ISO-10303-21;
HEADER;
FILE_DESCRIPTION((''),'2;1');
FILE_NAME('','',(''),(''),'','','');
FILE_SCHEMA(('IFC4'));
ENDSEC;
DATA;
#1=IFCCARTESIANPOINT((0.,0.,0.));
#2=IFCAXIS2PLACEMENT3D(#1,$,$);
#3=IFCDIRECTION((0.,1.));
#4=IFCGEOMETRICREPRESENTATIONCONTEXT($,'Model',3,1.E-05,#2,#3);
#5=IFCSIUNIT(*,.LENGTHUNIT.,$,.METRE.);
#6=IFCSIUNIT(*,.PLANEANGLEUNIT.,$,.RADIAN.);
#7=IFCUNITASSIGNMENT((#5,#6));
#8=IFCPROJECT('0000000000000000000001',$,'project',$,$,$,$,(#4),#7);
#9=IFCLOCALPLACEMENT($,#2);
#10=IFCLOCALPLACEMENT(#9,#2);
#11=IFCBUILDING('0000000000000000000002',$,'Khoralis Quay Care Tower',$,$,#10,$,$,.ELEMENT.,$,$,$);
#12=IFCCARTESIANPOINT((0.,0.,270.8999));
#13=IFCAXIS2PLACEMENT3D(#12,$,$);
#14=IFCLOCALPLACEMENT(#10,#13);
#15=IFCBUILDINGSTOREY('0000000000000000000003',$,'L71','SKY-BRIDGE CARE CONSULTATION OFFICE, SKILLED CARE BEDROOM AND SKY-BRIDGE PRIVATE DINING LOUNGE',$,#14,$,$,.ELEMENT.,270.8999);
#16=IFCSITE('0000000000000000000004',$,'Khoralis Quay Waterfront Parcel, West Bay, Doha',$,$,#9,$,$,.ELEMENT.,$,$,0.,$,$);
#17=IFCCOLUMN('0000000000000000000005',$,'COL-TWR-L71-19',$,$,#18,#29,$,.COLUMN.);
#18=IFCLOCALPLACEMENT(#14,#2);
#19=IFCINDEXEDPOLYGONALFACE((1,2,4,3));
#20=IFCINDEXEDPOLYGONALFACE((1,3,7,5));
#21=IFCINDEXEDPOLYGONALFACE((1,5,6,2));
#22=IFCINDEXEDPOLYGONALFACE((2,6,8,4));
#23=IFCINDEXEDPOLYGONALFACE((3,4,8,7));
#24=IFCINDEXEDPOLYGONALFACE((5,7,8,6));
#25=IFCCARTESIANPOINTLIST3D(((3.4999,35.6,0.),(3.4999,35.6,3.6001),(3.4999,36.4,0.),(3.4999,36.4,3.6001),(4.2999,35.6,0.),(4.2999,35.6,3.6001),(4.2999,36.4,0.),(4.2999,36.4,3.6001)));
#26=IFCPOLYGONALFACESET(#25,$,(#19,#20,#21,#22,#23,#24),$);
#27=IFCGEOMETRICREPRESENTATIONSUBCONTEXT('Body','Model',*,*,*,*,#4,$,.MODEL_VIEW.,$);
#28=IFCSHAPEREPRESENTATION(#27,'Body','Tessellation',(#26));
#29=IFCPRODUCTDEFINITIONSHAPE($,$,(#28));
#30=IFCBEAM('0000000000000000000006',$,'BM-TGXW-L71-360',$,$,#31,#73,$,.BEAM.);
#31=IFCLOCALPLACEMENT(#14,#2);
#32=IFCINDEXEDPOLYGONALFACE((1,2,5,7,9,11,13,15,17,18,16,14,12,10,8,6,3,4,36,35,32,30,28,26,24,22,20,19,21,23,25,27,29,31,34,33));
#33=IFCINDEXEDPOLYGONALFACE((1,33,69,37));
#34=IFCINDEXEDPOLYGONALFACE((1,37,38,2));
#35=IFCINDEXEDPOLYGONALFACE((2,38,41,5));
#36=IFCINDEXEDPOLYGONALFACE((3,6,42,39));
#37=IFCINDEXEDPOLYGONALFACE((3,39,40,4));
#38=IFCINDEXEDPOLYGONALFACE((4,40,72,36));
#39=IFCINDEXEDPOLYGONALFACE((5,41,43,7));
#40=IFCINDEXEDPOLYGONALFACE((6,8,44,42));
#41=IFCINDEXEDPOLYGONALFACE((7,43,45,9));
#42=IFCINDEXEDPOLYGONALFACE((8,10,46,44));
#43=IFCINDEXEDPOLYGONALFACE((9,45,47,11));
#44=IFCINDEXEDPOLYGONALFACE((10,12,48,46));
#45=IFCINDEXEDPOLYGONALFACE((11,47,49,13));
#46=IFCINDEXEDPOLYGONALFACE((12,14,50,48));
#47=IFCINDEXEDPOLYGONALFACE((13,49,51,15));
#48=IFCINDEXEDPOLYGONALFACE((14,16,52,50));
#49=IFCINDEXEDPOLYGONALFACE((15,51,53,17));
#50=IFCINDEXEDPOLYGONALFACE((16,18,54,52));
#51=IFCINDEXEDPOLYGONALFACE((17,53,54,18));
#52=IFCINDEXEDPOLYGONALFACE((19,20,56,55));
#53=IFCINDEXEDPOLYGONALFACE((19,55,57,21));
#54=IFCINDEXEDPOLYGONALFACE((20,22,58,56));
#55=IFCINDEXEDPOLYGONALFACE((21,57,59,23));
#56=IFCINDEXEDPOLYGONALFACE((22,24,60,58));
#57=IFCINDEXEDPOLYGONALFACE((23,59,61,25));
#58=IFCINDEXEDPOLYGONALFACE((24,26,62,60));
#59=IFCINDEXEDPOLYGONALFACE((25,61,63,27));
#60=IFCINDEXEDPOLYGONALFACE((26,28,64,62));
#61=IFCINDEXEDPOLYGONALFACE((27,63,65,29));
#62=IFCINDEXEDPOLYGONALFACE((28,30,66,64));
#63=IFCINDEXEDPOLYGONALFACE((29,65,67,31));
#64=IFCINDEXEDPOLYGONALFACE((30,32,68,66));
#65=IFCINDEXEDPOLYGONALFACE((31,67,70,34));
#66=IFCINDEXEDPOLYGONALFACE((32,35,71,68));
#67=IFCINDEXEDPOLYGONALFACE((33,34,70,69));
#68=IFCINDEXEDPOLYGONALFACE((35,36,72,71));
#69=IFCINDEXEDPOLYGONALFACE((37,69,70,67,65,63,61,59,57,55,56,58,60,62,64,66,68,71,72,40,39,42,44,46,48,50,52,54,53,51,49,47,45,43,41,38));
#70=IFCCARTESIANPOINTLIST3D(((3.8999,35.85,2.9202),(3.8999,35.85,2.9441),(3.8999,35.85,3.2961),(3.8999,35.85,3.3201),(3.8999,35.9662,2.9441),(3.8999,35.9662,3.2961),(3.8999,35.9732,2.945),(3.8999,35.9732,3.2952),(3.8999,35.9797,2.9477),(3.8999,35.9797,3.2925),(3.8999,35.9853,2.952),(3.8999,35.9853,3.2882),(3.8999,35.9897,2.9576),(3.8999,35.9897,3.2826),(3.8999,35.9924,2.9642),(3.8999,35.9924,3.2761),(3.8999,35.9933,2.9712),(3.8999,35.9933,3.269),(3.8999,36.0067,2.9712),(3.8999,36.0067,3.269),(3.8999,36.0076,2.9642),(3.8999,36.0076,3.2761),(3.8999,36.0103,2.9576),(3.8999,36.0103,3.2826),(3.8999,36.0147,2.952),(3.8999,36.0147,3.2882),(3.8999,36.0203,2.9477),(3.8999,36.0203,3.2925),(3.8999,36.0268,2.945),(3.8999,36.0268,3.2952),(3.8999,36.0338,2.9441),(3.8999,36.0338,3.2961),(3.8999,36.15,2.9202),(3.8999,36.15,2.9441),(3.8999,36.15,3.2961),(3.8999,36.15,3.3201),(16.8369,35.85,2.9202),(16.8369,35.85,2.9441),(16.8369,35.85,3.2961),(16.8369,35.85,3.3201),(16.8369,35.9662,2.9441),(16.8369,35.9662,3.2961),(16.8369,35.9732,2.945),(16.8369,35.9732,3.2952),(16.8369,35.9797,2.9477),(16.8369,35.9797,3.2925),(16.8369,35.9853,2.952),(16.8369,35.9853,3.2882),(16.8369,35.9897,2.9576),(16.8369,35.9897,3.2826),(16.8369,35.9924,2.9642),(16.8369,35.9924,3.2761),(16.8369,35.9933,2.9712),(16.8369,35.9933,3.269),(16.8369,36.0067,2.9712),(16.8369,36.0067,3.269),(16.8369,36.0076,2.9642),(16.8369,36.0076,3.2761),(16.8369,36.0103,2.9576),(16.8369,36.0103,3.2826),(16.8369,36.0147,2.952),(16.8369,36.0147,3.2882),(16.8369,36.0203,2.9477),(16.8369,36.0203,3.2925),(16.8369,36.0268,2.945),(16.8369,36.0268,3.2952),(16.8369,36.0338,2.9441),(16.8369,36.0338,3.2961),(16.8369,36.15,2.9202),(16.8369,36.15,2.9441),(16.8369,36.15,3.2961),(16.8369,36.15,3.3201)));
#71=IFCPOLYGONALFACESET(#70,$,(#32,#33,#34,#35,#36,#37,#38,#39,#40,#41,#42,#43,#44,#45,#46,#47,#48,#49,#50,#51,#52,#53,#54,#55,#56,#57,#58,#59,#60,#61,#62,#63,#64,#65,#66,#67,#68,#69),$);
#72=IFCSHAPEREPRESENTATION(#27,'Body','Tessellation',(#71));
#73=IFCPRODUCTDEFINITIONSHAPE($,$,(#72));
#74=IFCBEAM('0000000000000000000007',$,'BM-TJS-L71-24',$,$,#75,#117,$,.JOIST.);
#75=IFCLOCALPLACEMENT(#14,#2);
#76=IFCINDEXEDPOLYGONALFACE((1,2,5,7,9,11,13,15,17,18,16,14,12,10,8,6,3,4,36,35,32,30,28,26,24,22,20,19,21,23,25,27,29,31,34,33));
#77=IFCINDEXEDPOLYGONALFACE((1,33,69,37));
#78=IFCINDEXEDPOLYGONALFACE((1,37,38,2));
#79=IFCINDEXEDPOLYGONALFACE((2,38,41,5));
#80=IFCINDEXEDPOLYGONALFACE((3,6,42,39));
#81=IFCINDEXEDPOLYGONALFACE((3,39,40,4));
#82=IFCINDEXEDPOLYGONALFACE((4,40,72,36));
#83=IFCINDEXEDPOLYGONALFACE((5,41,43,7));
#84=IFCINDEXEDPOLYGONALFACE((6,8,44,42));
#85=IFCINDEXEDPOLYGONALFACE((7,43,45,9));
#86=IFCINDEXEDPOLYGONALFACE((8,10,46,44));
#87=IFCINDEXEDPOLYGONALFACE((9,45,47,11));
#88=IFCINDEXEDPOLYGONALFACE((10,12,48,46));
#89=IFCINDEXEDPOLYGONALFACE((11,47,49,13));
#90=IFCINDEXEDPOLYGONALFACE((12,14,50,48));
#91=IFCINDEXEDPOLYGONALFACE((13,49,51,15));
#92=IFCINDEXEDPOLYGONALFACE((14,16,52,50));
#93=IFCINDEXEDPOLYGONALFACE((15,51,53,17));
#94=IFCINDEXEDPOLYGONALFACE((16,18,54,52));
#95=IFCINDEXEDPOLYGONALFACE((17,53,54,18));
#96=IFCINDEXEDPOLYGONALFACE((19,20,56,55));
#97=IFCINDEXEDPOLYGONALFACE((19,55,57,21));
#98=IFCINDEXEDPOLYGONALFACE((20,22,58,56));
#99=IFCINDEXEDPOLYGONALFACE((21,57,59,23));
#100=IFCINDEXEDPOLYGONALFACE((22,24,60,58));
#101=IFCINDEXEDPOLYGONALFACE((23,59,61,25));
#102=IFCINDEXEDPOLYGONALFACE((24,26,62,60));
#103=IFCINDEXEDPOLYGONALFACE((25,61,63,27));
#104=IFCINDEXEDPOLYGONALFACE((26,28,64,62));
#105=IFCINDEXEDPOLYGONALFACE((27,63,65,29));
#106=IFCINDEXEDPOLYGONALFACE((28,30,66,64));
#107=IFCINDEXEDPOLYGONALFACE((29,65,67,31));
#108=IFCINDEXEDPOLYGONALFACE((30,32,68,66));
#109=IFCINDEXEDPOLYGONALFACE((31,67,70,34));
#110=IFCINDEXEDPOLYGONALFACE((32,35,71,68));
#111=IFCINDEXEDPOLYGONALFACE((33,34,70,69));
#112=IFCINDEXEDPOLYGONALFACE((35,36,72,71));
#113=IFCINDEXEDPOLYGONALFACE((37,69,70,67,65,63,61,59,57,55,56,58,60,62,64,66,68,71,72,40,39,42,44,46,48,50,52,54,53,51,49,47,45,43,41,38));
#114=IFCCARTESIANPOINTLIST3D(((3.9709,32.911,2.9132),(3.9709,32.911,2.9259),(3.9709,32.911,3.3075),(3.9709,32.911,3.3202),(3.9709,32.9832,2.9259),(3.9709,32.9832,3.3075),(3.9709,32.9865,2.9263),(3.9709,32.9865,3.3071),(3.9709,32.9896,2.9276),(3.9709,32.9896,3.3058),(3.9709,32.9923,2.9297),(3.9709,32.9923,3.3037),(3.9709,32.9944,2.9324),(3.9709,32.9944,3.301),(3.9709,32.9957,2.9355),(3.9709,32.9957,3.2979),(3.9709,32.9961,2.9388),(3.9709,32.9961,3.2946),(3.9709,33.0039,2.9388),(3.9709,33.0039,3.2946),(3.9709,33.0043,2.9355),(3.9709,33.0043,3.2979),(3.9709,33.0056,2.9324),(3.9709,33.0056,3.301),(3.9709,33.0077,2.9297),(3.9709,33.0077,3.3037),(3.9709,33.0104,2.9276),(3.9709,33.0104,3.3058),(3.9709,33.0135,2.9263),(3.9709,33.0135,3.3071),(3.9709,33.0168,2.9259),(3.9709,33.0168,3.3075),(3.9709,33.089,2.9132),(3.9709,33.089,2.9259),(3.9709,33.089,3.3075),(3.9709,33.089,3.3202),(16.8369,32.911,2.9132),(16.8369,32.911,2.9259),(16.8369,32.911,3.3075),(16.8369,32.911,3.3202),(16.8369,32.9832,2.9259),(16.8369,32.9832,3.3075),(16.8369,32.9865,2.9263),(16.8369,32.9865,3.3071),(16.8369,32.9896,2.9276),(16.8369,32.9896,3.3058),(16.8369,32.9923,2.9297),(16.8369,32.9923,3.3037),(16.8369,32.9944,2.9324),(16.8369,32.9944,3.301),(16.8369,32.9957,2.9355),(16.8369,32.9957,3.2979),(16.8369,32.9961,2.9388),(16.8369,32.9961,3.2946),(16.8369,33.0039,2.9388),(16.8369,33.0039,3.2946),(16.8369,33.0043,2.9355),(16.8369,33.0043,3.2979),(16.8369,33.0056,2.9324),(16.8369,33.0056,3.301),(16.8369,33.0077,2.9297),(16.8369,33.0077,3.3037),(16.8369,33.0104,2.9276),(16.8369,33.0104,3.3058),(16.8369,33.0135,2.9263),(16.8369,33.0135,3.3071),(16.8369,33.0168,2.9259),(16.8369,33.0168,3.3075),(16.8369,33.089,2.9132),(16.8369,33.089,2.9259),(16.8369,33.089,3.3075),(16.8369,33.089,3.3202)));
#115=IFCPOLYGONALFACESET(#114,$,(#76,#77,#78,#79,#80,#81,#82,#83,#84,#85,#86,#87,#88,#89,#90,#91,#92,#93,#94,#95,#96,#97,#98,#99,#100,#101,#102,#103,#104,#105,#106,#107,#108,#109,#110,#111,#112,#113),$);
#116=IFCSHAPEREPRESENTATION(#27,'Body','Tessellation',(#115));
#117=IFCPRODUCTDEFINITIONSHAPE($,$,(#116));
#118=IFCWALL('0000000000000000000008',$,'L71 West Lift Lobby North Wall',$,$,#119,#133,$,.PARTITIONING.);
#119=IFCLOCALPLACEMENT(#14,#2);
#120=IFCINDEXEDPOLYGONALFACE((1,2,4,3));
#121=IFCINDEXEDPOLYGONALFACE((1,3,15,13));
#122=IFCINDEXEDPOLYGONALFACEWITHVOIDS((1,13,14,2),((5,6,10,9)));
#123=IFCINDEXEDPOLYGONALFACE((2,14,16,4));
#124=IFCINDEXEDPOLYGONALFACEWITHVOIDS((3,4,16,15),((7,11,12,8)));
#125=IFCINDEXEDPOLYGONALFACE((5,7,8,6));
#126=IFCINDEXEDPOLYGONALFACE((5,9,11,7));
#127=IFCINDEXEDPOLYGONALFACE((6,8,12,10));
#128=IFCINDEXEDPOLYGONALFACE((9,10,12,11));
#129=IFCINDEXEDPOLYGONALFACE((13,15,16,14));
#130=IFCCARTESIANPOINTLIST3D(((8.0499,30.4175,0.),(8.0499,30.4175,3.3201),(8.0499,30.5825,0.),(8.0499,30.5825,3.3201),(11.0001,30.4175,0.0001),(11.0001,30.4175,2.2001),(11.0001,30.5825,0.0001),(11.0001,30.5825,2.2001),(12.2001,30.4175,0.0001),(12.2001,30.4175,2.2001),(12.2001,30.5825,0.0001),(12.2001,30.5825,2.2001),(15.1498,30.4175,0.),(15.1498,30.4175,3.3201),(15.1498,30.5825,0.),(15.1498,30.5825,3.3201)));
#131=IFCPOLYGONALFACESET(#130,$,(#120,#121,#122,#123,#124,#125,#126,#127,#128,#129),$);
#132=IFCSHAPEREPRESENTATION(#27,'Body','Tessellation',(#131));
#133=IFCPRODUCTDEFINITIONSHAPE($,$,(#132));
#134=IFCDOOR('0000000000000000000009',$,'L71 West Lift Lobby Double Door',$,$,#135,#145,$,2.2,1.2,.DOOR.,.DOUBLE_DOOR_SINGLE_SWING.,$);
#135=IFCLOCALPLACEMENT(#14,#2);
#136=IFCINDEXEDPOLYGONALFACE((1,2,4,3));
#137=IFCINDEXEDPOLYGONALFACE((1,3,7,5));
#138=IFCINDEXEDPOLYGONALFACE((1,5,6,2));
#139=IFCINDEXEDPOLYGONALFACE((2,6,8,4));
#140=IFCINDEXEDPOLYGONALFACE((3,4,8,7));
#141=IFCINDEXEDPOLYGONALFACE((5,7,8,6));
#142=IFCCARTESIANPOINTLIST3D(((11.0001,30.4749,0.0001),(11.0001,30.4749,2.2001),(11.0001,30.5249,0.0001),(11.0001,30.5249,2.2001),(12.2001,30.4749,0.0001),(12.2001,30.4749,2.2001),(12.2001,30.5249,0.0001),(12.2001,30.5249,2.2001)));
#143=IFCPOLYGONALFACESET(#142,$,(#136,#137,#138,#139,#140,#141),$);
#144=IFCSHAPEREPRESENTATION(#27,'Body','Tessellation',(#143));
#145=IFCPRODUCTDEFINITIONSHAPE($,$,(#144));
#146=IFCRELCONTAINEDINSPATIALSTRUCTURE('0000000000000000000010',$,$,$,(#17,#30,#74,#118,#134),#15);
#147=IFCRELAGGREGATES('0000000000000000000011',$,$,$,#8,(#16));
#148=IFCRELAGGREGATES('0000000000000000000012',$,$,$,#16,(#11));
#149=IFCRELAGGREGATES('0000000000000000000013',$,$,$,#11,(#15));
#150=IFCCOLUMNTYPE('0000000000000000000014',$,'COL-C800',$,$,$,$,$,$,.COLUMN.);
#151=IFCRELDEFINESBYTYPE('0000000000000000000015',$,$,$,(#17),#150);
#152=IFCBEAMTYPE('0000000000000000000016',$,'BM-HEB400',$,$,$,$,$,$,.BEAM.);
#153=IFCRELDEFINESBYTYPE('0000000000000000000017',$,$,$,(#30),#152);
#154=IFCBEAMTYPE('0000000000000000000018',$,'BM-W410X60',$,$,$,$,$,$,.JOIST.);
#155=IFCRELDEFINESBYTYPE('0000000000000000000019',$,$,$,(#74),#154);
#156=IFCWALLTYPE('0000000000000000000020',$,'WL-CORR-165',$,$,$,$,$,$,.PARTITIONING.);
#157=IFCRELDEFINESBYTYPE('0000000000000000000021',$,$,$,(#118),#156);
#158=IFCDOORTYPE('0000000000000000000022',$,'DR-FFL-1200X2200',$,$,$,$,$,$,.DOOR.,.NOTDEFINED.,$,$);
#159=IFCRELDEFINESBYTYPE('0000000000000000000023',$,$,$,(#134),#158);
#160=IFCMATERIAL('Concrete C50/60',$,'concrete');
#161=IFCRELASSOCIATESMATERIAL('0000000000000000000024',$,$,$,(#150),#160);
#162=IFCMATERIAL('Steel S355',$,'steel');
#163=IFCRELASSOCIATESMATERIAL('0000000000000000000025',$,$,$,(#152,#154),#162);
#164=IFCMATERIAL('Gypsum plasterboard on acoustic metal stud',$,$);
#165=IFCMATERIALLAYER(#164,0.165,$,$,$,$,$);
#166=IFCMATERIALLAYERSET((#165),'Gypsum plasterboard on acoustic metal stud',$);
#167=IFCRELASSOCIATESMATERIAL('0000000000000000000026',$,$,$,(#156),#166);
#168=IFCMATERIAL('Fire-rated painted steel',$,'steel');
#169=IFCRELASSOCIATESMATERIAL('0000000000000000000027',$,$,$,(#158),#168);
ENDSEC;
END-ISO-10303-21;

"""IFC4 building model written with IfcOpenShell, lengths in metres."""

from ifc_helpers import new_model, si_unit, direction, frame, frame_2d, origin, origin_2d, place, context, subcontext, project, spatial, rectangle, i_section, extrude, source, transform, mapped, material, layer, layer_set, material_profile, profile_set, type_object, element, fill, save


model = new_model("IFC4")

# Units and contexts
model_context = context("Model", 3, precision=1e-05, world=origin(), true_north=direction((0.0, 1.0)))
body_context = subcontext(model_context, "Body", "Model", "MODEL_VIEW")
ifc_project = project(units=[si_unit("LENGTHUNIT", "METRE"), si_unit("PLANEANGLEUNIT", "RADIAN")], contexts=[model_context])

# Site, building, storey
site_placement = place(None, origin())
site = spatial("IfcSite", under=ifc_project, at=site_placement, Name="Khoralis Quay Waterfront Parcel, West Bay, Doha", CompositionType="ELEMENT", RefElevation=0.0)
building_placement = place(site_placement, origin())
building = spatial("IfcBuilding", under=site, at=building_placement, Name="Khoralis Quay Care Tower", CompositionType="ELEMENT")
storey_placement = place(building_placement, frame((0.0, 0.0, 270.8999)))
storey = spatial("IfcBuildingStorey", under=building, at=storey_placement, Name="L71", Description="SKY-BRIDGE CARE CONSULTATION OFFICE, SKILLED CARE BEDROOM AND SKY-BRIDGE PRIVATE DINING LOUNGE", CompositionType="ELEMENT", Elevation=270.8999)

# Column
ifc_material_1 = material(Name="Concrete C50/60", Category="concrete")
ifc_material_profile_1 = material_profile(ifc_material_1, rectangle(XDim=0.8, YDim=0.8, at=origin_2d()), Name="Concrete C50/60")
ifc_profile_set_1 = profile_set([ifc_material_profile_1], Name="Concrete C50/60")
column_type = type_object("IfcColumnType", Name="COL-C800", PredefinedType="COLUMN", material=ifc_profile_set_1)
shared_shape_1 = source(origin(), body_context, "Body", "SweptSolid", [
    extrude(rectangle(XDim=0.8, YDim=0.8, at=origin_2d()), origin(), (0.0, 0.0, 1.0), 3.6001),
])
column_placement = place(storey_placement, frame((3.8999, 36.0, 0.0), z_axis=(0.0, 0.0, 1.0), x_axis=(1.0, 0.0, 0.0)))
element("IfcColumn", 1, at=column_placement, inside=storey, type_object=column_type, Name="COL-TWR-L71-19", PredefinedType="COLUMN", context=body_context, shape_type="MappedRepresentation", body=[
    mapped(shared_shape_1, transform((0.0, 0.0, 0.0), scale=1.0)),
])

# Beams
ifc_material_2 = material(Name="Steel S355", Category="steel")
ifc_material_profile_2 = material_profile(ifc_material_2, i_section(OverallWidth=0.3, OverallDepth=0.3999, WebThickness=0.0134, FlangeThickness=0.0239, FilletRadius=0.0271, at=origin_2d()), Name="Steel S355")
ifc_profile_set_2 = profile_set([ifc_material_profile_2], Name="Steel S355")
beam_type_1 = type_object("IfcBeamType", Name="BM-HEB400", PredefinedType="BEAM", material=ifc_profile_set_2)
shared_shape_2 = source(origin(), body_context, "Body", "SweptSolid", [
    extrude(i_section(OverallWidth=0.3, OverallDepth=0.3999, WebThickness=0.0134, FlangeThickness=0.0239, FilletRadius=0.0271, at=origin_2d()), origin(), (0.0, 0.0, 1.0), 12.937),
])
beam_1_placement = place(storey_placement, frame((3.8999, 36.0, 3.1201), z_axis=(1.0, 0.0, 0.0), x_axis=(0.0, 1.0, 0.0)))
element("IfcBeam", 2, at=beam_1_placement, inside=storey, type_object=beam_type_1, Name="BM-TGXW-L71-360", PredefinedType="BEAM", context=body_context, shape_type="MappedRepresentation", body=[
    mapped(shared_shape_2, transform((0.0, 0.0, 0.0), scale=1.0)),
])
ifc_material_profile_3 = material_profile(ifc_material_2, i_section(OverallWidth=0.178, OverallDepth=0.407, WebThickness=0.0078, FlangeThickness=0.0127, FilletRadius=0.0129, at=origin_2d()), Name="Steel S355")
ifc_profile_set_3 = profile_set([ifc_material_profile_3], Name="Steel S355")
beam_type_2 = type_object("IfcBeamType", Name="BM-W410X60", PredefinedType="JOIST", material=ifc_profile_set_3)
shared_shape_3 = source(origin(), body_context, "Body", "SweptSolid", [
    extrude(i_section(OverallWidth=0.178, OverallDepth=0.407, WebThickness=0.0078, FlangeThickness=0.0127, FilletRadius=0.0129, at=origin_2d()), origin(), (0.0, 0.0, 1.0), 12.866),
])
beam_2_placement = place(storey_placement, frame((3.9709, 33.0, 3.1167), z_axis=(1.0, 0.0, 0.0), x_axis=(0.0, 1.0, 0.0)))
element("IfcBeam", 3, at=beam_2_placement, inside=storey, type_object=beam_type_2, Name="BM-TJS-L71-24", PredefinedType="JOIST", context=body_context, shape_type="MappedRepresentation", body=[
    mapped(shared_shape_3, transform((0.0, 0.0, 0.0), scale=1.0)),
])

# Wall, opening, door
ifc_material_3 = material(Name="Gypsum plasterboard on acoustic metal stud")
ifc_layer_1 = layer(ifc_material_3, 0.165)
ifc_layer_set_1 = layer_set([ifc_layer_1], Name="Gypsum plasterboard on acoustic metal stud")
wall_type_1 = type_object("IfcWallType", Name="WL-CORR-165", PredefinedType="PARTITIONING", material=ifc_layer_set_1)
wall_1_placement = place(storey_placement, frame((8.05, 30.5, 0.0), z_axis=(0.0, 0.0, 1.0), x_axis=(1.0, 0.0, 0.0)))
wall_1 = element("IfcWall", 4, at=wall_1_placement, inside=storey, type_object=wall_type_1, Name="L71 West Lift Lobby North Wall", PredefinedType="PARTITIONING", context=body_context, shape_type="SweptSolid", body=[
    extrude(rectangle(XDim=7.0999, YDim=0.165, at=frame_2d((3.5498, 0.0))), origin(), (0.0, 0.0, 1.0), 3.3201),
])
opening_1_placement = place(wall_1_placement, frame((2.95, 0.0, 0.0)))
opening_1 = element("IfcOpeningElement", 5, at=opening_1_placement, cuts=wall_1, PredefinedType="OPENING", context=body_context, shape_type="SweptSolid", body=[
    extrude(rectangle(XDim=1.2, YDim=2.2, at=frame_2d((0.6001, 1.1001))), frame((0.0, 0.0925, 0.0), z_axis=(0.0, -1.0, 0.0), x_axis=(1.0, 0.0, 0.0)), (0.0, 0.0, 1.0), 0.1851),
])
ifc_material_4 = material(Name="Fire-rated painted steel", Category="steel")
door_type_1 = type_object("IfcDoorType", Name="DR-FFL-1200X2200", OperationType="NOTDEFINED", PredefinedType="DOOR", material=ifc_material_4)
shared_shape_4 = source(origin(), body_context, "Body", "SweptSolid", [
    extrude(rectangle(XDim=1.2, YDim=2.2, at=frame_2d((0.6001, 1.1001))), frame((0.0, 0.0249, 0.0), z_axis=(0.0, -1.0, 0.0), x_axis=(1.0, 0.0, 0.0)), (0.0, 0.0, 1.0), 0.05),
])
door_1_placement = place(opening_1_placement, origin())
door_1 = element("IfcDoor", 6, at=door_1_placement, inside=storey, type_object=door_type_1, Name="L71 West Lift Lobby Double Door", OperationType="DOUBLE_DOOR_SINGLE_SWING", OverallHeight=2.2, OverallWidth=1.2, PredefinedType="DOOR", context=body_context, shape_type="MappedRepresentation", body=[
    mapped(shared_shape_4, transform((0.0, 0.0, 0.0), scale=1.0)),
])
fill(opening_1, door_1)

save(model, "model.ifc")
